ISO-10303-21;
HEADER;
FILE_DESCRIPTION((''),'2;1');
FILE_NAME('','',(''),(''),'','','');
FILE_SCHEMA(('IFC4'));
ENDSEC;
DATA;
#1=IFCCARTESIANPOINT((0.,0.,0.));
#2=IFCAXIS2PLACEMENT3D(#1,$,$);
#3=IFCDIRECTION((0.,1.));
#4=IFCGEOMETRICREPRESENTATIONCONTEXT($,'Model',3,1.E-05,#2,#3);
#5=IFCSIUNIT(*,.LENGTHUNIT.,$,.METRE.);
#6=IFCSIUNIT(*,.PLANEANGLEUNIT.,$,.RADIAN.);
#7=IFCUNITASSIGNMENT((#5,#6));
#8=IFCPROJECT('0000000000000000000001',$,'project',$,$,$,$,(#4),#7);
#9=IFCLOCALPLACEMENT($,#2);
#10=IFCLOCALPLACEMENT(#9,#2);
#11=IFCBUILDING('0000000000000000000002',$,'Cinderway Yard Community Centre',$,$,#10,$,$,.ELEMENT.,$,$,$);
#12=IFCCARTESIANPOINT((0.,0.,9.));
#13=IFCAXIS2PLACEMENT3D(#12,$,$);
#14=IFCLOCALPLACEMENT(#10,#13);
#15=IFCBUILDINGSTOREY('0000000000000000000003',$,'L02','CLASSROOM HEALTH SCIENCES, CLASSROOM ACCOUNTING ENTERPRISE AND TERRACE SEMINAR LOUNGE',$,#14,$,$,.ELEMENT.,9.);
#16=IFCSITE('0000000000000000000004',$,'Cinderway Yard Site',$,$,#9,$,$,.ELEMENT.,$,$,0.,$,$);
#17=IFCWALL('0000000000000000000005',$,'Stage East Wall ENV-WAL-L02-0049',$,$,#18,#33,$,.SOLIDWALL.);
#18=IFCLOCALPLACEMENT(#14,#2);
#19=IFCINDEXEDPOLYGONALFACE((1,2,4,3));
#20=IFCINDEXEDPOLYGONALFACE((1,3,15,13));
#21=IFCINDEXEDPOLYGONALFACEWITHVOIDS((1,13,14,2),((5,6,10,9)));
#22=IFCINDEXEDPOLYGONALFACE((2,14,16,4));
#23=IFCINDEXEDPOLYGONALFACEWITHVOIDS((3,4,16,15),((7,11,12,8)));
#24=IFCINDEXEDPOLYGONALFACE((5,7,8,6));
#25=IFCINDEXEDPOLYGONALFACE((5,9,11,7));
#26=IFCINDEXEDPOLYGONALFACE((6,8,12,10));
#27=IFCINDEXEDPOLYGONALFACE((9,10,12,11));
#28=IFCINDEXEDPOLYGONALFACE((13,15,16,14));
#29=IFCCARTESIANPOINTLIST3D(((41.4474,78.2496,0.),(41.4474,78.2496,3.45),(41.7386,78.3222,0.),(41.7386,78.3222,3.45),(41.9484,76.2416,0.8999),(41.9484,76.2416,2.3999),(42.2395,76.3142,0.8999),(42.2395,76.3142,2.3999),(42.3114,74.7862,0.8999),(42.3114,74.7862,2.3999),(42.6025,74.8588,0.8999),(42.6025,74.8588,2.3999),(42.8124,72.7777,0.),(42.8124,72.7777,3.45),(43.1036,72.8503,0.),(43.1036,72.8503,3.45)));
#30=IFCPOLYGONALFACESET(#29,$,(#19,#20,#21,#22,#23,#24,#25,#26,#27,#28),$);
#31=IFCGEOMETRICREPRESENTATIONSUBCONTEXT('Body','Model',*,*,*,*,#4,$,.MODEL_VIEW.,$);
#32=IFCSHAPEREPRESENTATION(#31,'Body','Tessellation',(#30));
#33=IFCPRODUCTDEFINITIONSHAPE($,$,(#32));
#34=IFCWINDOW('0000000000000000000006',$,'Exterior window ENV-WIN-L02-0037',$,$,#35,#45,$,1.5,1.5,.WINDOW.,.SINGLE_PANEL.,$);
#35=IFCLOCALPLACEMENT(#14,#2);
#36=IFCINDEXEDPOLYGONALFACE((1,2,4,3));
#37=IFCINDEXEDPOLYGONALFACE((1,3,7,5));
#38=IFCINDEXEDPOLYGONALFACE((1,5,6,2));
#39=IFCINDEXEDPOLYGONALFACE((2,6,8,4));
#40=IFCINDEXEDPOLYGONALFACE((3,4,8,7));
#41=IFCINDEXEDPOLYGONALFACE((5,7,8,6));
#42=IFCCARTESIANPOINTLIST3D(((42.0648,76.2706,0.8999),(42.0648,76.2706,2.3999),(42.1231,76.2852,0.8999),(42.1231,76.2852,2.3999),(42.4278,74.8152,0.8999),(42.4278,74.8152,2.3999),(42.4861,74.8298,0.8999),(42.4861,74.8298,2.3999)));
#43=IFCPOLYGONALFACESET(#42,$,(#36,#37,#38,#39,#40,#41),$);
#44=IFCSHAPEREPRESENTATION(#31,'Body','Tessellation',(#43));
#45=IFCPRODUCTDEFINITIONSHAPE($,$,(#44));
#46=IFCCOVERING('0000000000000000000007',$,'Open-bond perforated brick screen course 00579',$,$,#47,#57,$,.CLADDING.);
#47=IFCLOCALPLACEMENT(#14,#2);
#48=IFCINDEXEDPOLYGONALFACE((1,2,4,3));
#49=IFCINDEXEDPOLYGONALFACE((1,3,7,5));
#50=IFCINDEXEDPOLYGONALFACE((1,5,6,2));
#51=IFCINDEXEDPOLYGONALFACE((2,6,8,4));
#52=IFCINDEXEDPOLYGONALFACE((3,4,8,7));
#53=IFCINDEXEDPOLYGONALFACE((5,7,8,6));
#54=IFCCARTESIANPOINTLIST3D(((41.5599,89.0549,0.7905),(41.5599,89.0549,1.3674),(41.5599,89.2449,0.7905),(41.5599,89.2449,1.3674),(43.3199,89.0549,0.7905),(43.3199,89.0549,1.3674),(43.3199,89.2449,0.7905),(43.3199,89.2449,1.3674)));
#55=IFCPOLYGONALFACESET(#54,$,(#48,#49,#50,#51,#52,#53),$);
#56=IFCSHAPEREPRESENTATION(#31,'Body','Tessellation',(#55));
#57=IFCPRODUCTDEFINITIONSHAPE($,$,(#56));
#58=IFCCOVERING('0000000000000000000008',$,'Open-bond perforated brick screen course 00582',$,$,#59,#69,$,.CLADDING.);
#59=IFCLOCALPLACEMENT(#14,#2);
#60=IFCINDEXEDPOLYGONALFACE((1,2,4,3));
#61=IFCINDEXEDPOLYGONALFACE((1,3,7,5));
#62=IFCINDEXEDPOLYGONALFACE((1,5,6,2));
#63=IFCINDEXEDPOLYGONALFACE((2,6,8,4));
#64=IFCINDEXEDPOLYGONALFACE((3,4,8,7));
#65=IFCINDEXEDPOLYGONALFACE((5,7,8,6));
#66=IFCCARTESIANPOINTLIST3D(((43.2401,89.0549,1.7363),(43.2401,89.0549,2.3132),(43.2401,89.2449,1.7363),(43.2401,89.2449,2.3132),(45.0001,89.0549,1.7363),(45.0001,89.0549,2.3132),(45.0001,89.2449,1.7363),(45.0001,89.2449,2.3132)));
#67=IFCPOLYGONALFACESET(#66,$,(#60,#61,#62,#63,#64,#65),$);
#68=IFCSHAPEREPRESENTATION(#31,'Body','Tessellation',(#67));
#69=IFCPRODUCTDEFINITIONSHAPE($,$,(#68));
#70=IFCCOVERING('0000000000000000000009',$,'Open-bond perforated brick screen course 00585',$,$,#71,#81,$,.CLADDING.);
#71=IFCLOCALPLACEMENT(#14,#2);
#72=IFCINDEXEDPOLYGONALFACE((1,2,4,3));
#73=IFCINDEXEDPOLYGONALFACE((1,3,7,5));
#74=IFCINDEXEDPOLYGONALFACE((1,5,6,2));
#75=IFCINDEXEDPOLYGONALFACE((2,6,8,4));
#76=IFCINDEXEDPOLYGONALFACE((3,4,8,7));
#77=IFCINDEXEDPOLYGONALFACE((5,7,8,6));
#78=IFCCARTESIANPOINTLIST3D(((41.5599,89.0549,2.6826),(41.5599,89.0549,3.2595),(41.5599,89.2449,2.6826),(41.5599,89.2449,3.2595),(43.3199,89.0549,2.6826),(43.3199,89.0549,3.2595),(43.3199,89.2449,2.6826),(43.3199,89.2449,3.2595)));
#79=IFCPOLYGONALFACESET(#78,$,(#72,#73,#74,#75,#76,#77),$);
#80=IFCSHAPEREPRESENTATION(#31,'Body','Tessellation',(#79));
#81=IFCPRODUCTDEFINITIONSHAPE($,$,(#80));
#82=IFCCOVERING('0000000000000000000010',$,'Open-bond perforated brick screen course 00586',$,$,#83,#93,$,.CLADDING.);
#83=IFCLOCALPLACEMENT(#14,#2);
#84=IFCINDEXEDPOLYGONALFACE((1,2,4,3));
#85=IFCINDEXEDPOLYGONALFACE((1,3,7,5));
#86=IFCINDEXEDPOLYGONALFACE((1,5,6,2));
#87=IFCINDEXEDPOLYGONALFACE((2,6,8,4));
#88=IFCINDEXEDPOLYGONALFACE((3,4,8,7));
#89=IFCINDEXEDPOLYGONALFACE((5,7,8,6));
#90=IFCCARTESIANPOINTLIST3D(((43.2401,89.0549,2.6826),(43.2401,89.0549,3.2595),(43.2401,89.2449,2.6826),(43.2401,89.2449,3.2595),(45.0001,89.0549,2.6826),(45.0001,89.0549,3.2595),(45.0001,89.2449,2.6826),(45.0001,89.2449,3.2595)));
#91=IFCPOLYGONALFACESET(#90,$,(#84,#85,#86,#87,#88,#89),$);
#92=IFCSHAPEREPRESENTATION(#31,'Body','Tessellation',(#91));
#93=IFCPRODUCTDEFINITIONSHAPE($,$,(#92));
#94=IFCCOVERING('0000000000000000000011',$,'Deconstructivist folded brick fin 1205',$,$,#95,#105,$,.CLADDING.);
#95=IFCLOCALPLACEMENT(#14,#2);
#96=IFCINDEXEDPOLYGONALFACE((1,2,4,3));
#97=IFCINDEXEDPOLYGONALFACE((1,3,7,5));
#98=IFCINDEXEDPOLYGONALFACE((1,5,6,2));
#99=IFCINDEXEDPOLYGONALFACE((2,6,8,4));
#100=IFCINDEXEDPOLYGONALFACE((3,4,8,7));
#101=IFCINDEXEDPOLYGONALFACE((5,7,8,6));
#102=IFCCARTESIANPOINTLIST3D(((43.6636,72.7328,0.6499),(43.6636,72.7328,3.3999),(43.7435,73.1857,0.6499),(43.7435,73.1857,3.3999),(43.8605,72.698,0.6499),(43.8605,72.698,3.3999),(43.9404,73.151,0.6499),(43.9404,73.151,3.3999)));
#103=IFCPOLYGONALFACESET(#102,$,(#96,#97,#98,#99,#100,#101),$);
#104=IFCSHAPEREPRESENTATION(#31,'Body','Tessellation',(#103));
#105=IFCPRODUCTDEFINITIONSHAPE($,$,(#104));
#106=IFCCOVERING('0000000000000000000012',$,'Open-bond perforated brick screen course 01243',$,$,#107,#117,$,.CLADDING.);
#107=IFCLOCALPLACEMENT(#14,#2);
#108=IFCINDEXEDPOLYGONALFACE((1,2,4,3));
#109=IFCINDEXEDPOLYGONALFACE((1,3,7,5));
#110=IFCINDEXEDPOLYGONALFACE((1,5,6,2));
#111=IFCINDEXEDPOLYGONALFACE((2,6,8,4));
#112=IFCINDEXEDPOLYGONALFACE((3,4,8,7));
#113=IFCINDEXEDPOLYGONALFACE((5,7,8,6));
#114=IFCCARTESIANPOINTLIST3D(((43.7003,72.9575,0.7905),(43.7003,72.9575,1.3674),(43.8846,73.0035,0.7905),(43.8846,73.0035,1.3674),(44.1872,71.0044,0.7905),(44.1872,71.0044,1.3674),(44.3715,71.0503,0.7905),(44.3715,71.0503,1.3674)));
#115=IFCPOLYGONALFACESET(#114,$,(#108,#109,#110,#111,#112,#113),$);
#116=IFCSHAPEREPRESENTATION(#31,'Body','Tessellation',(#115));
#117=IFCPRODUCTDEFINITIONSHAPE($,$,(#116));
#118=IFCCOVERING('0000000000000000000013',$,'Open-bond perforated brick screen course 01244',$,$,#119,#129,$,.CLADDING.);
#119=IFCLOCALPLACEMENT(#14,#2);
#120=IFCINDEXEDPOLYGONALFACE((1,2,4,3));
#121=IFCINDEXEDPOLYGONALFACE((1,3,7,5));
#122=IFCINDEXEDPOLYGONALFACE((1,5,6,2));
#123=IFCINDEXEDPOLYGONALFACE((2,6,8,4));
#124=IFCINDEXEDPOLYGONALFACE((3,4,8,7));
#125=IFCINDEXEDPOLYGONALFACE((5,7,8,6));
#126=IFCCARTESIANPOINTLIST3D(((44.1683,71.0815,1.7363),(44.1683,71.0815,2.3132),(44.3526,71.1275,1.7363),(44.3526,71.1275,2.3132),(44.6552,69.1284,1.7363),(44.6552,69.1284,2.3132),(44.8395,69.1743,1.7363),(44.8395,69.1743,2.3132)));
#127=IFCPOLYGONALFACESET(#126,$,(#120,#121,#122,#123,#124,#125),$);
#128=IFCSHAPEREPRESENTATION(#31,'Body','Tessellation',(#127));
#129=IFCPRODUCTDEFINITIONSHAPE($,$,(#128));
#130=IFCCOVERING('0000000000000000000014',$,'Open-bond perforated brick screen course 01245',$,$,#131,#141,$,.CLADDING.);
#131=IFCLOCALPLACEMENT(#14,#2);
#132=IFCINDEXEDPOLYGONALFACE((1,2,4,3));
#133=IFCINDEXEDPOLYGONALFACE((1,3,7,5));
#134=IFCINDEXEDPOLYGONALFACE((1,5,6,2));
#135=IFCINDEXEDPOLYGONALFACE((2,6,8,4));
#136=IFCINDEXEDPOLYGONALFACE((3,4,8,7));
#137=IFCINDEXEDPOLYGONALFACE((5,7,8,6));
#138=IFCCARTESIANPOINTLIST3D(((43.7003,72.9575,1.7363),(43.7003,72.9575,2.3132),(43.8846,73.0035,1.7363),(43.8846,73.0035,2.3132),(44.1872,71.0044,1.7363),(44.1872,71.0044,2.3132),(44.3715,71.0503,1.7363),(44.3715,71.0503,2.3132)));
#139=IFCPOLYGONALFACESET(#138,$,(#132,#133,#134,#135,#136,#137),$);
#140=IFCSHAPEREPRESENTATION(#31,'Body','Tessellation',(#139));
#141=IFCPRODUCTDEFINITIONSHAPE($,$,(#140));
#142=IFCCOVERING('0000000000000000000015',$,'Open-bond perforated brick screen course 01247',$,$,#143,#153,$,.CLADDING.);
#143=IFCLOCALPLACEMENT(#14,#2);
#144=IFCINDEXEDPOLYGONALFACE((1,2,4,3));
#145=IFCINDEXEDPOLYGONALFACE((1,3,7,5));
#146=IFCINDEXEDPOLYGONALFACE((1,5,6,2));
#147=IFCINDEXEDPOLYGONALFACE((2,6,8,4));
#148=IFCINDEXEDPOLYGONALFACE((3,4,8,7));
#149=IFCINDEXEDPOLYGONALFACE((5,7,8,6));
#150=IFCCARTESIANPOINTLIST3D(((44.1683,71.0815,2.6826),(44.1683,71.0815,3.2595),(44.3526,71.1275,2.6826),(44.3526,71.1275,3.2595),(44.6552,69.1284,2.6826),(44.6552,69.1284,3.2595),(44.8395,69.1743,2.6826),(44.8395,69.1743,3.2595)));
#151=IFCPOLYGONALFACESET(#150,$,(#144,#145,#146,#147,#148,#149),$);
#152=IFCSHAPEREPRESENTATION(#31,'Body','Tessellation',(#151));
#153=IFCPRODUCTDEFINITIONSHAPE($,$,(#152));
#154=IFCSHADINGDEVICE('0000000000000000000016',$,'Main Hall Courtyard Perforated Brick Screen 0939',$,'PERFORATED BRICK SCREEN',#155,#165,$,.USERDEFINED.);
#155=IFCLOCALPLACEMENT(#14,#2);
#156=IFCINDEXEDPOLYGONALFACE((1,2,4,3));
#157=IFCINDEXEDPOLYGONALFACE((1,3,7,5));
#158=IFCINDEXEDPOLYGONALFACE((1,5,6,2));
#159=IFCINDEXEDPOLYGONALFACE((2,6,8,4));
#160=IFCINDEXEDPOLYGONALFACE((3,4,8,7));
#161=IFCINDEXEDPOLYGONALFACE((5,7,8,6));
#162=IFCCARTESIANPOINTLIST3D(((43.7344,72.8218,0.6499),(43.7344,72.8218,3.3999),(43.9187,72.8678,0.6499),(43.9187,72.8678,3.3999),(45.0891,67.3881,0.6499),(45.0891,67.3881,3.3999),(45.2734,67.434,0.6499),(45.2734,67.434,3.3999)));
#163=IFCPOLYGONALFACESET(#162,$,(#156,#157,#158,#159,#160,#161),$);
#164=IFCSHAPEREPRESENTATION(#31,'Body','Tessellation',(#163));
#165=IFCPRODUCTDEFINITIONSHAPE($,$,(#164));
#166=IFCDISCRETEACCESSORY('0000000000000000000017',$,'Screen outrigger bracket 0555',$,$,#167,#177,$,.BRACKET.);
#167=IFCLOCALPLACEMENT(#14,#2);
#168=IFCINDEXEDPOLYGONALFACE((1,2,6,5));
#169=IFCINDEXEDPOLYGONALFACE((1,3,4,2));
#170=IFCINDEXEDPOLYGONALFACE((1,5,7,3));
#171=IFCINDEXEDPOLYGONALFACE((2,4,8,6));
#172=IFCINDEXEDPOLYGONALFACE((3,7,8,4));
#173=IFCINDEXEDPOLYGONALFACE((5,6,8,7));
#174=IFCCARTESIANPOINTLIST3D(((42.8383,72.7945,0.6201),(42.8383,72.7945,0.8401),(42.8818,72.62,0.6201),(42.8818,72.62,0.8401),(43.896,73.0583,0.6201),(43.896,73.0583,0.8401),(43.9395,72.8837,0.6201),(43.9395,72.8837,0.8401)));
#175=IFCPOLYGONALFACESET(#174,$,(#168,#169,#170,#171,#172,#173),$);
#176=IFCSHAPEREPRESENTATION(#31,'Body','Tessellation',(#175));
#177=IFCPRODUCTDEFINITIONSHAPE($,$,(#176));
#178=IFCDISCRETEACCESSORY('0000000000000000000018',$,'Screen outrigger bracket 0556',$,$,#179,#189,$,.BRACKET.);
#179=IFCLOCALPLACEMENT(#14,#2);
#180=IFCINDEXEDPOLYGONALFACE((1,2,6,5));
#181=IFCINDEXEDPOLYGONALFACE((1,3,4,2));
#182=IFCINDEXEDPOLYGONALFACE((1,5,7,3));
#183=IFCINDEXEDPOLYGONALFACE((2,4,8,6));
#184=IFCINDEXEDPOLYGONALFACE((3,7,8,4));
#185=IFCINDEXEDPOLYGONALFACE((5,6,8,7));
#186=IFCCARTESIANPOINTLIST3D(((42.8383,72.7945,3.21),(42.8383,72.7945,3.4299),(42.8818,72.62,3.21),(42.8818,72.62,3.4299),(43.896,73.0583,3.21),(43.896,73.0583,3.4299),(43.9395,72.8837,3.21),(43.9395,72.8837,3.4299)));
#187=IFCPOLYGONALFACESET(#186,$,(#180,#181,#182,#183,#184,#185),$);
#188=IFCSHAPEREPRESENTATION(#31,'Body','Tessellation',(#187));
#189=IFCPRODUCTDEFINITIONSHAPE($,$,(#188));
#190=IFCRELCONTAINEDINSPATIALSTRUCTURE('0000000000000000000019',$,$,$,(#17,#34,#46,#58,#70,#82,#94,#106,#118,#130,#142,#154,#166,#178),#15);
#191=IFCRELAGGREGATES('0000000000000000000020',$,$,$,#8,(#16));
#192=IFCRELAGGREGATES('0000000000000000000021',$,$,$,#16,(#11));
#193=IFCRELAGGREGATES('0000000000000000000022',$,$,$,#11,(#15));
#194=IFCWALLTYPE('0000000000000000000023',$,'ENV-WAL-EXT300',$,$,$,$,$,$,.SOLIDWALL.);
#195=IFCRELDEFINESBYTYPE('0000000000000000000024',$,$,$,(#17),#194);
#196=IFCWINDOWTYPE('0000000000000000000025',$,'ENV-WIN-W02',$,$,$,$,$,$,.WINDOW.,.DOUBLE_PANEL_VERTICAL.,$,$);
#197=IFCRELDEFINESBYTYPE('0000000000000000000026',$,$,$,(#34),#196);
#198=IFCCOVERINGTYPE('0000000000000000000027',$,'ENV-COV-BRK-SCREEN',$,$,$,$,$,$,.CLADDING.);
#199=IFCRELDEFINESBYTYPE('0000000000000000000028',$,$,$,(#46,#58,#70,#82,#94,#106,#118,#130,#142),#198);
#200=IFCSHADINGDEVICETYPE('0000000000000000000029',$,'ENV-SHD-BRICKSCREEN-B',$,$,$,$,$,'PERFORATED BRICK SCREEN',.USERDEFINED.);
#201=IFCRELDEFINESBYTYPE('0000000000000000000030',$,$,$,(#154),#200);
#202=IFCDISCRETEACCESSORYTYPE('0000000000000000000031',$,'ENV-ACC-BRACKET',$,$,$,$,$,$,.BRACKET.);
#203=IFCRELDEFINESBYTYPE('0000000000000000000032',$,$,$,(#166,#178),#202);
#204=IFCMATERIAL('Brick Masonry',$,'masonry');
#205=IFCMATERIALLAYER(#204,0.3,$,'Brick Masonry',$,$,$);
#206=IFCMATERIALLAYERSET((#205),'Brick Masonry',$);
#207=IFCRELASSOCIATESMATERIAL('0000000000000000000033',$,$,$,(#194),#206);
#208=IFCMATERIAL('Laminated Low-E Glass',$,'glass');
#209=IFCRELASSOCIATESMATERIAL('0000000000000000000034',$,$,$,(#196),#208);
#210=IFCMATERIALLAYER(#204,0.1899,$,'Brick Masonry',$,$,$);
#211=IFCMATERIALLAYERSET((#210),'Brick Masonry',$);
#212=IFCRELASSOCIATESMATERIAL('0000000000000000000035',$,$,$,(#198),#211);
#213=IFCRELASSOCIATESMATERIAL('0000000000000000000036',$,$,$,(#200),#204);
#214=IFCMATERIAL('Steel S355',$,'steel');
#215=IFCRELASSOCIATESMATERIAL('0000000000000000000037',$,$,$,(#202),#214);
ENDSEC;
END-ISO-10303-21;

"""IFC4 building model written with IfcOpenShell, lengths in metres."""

from ifc_helpers import new_model, si_unit, direction, frame, frame_2d, origin, origin_2d, place, context, subcontext, project, spatial, rectangle, extrude, material, layer, layer_set, type_object, element, fill, save


model = new_model("IFC4")

# Units and contexts
model_context = context("Model", 3, precision=1e-05, world=origin(), true_north=direction((0.0, 1.0)))
body_context = subcontext(model_context, "Body", "Model", "MODEL_VIEW")
ifc_project = project(units=[si_unit("LENGTHUNIT", "METRE"), si_unit("PLANEANGLEUNIT", "RADIAN")], contexts=[model_context])

# Site, building, storey
site_placement = place(None, origin())
site = spatial("IfcSite", under=ifc_project, at=site_placement, Name="Cinderway Yard Site", CompositionType="ELEMENT", RefElevation=0.0)
building_placement = place(site_placement, origin())
building = spatial("IfcBuilding", under=site, at=building_placement, Name="Cinderway Yard Community Centre", CompositionType="ELEMENT")
storey_placement = place(building_placement, frame((0.0, 0.0, 9.0)))
storey = spatial("IfcBuildingStorey", under=building, at=storey_placement, Name="L02", Description="CLASSROOM HEALTH SCIENCES, CLASSROOM ACCOUNTING ENTERPRISE AND TERRACE SEMINAR LOUNGE", CompositionType="ELEMENT", Elevation=9.0)

# Shared definitions
ifc_material_1 = material(Name="Steel S355", Category="steel")

# Shared definitions
ifc_material_2 = material(Name="Laminated Low-E Glass", Category="glass")

# Wall, opening, window
ifc_material_3 = material(Name="Brick Masonry", Category="masonry")
ifc_layer_1 = layer(ifc_material_3, 0.3, Name="Brick Masonry")
ifc_layer_set_1 = layer_set([ifc_layer_1], Name="Brick Masonry")
wall_type = type_object("IfcWallType", Name="ENV-WAL-EXT300", PredefinedType="SOLIDWALL", material=ifc_layer_set_1)
wall_placement = place(storey_placement, frame((42.958, 72.814, 0.0), z_axis=(0.0, 0.0, 1.0), x_axis=(-0.242036, 0.970267, 0.0)))
wall = element("IfcWall", 1, at=wall_placement, inside=storey, type_object=wall_type, Name="Stage East Wall ENV-WAL-L02-0049", PredefinedType="SOLIDWALL", context=body_context, shape_type="SweptSolid", body=[
    extrude(rectangle(XDim=5.6396, YDim=0.3, at=frame_2d((2.8198, 0.0))), origin(), (0.0, 0.0, 1.0), 3.45),
])
opening_placement = place(wall_placement, frame((2.0701, 0.0, 0.8999)))
opening = element("IfcOpeningElement", 2, at=opening_placement, cuts=wall, PredefinedType="OPENING", context=body_context, shape_type="SweptSolid", body=[
    extrude(rectangle(XDim=1.5, YDim=1.5, at=frame_2d((0.75, 0.75))), frame((0.0, 0.1599, 0.0), z_axis=(0.0, -1.0, 0.0), x_axis=(1.0, 0.0, 0.0)), (0.0, 0.0, 1.0), 0.3201),
])
window_type = type_object("IfcWindowType", Name="ENV-WIN-W02", PartitioningType="DOUBLE_PANEL_VERTICAL", PredefinedType="WINDOW", material=ifc_material_2)
window_placement = place(opening_placement, origin())
window = element("IfcWindow", 3, at=window_placement, inside=storey, type_object=window_type, Name="Exterior window ENV-WIN-L02-0037", OverallHeight=1.5, OverallWidth=1.5, PartitioningType="SINGLE_PANEL", PredefinedType="WINDOW", context=body_context, shape_type="SweptSolid", body=[
    extrude(rectangle(XDim=1.5, YDim=1.5, at=frame_2d((0.75, 0.75))), frame((0.0, 0.03, 0.0), z_axis=(0.0, -1.0, 0.0), x_axis=(1.0, 0.0, 0.0)), (0.0, 0.0, 1.0), 0.0601),
])
fill(opening, window)

# Coverings
ifc_layer_2 = layer(ifc_material_3, 0.1899, Name="Brick Masonry")
ifc_layer_set_2 = layer_set([ifc_layer_2], Name="Brick Masonry")
covering_type = type_object("IfcCoveringType", Name="ENV-COV-BRK-SCREEN", PredefinedType="CLADDING", material=ifc_layer_set_2)
for number, where, z_axis, x_axis, name in (
    (4, (42.4399, 89.1499, 0.7905), (0.0, 0.0, 1.0), (-1.0, 0.0, 0.0), "Open-bond perforated brick screen course 00579"),
    (5, (44.1201, 89.1499, 1.7363), (0.0, 0.0, 1.0), (-1.0, 0.0, 0.0), "Open-bond perforated brick screen course 00582"),
    (6, (42.4399, 89.1499, 2.6826), (0.0, 0.0, 1.0), (-1.0, 0.0, 0.0), "Open-bond perforated brick screen course 00585"),
    (7, (44.1201, 89.1499, 2.6826), (0.0, 0.0, 1.0), (-1.0, 0.0, 0.0), "Open-bond perforated brick screen course 00586"),
):
    element("IfcCovering", number, at=place(storey_placement, frame(where, z_axis=z_axis, x_axis=x_axis)), inside=storey, type_object=covering_type, Name=name, PredefinedType="CLADDING", context=body_context, shape_type="SweptSolid", body=[
        extrude(rectangle(XDim=1.76, YDim=0.1899, at=origin_2d()), origin(), (0.0, 0.0, 1.0), 0.5769),
    ])
covering_placement = place(storey_placement, frame((43.802, 72.9419, 0.6499), z_axis=(0.0, 0.0, 1.0), x_axis=(-0.173648, -0.984808, 0.0)))
element("IfcCovering", 8, at=covering_placement, inside=storey, type_object=covering_type, Name="Deconstructivist folded brick fin 1205", PredefinedType="CLADDING", context=body_context, shape_type="SweptSolid", body=[
    extrude(rectangle(XDim=0.46, YDim=0.2, at=origin_2d()), origin(), (0.0, 0.0, 1.0), 2.75),
])
for number, where, z_axis, x_axis, name in (
    (9, (44.0359, 72.0039, 0.7905), (0.0, 0.0, 1.0), (0.241922, -0.970296, 0.0), "Open-bond perforated brick screen course 01243"),
    (10, (44.5039, 70.1279, 1.7363), (0.0, 0.0, 1.0), (0.241922, -0.970296, 0.0), "Open-bond perforated brick screen course 01244"),
    (11, (44.0359, 72.0039, 1.7363), (0.0, 0.0, 1.0), (0.241922, -0.970296, 0.0), "Open-bond perforated brick screen course 01245"),
    (12, (44.5039, 70.1279, 2.6826), (0.0, 0.0, 1.0), (0.241922, -0.970296, 0.0), "Open-bond perforated brick screen course 01247"),
):
    element("IfcCovering", number, at=place(storey_placement, frame(where, z_axis=z_axis, x_axis=x_axis)), inside=storey, type_object=covering_type, Name=name, PredefinedType="CLADDING", context=body_context, shape_type="SweptSolid", body=[
        extrude(rectangle(XDim=2.0129, YDim=0.1899, at=origin_2d()), origin(), (0.0, 0.0, 1.0), 0.5769),
    ])

# Shading device
shading_device_type = type_object("IfcShadingDeviceType", Name="ENV-SHD-BRICKSCREEN-B", ElementType="PERFORATED BRICK SCREEN", PredefinedType="USERDEFINED", material=ifc_material_3)
shading_device_placement = place(storey_placement, frame((44.5039, 70.1279, 0.6499), z_axis=(0.0, 0.0, 1.0), x_axis=(0.241922, -0.970296, 0.0)))
element("IfcShadingDevice", 13, at=shading_device_placement, inside=storey, type_object=shading_device_type, Name="Main Hall Courtyard Perforated Brick Screen 0939", ObjectType="PERFORATED BRICK SCREEN", PredefinedType="USERDEFINED", context=body_context, shape_type="SweptSolid", body=[
    extrude(rectangle(XDim=5.6001, YDim=0.1899, at=origin_2d()), origin(), (0.0, 0.0, 1.0), 2.75),
])

# Discrete accessories
discrete_accessory_type = type_object("IfcDiscreteAccessoryType", Name="ENV-ACC-BRACKET", PredefinedType="BRACKET", material=ifc_material_1)
for number, where, z_axis, x_axis, name in (
    (14, (43.3889, 72.8391, 0.6201), (0.0, 0.0, 1.0), (0.970296, 0.241922, 0.0), "Screen outrigger bracket 0555"),
    (15, (43.3889, 72.8391, 3.21), (0.0, 0.0, 1.0), (0.970296, 0.241922, 0.0), "Screen outrigger bracket 0556"),
):
    element("IfcDiscreteAccessory", number, at=place(storey_placement, frame(where, z_axis=z_axis, x_axis=x_axis)), inside=storey, type_object=discrete_accessory_type, Name=name, PredefinedType="BRACKET", context=body_context, shape_type="SweptSolid", body=[
        extrude(rectangle(XDim=1.0901, YDim=0.1799, at=origin_2d()), origin(), (0.0, 0.0, 1.0), 0.22),
    ])

save(model, "model.ifc")
